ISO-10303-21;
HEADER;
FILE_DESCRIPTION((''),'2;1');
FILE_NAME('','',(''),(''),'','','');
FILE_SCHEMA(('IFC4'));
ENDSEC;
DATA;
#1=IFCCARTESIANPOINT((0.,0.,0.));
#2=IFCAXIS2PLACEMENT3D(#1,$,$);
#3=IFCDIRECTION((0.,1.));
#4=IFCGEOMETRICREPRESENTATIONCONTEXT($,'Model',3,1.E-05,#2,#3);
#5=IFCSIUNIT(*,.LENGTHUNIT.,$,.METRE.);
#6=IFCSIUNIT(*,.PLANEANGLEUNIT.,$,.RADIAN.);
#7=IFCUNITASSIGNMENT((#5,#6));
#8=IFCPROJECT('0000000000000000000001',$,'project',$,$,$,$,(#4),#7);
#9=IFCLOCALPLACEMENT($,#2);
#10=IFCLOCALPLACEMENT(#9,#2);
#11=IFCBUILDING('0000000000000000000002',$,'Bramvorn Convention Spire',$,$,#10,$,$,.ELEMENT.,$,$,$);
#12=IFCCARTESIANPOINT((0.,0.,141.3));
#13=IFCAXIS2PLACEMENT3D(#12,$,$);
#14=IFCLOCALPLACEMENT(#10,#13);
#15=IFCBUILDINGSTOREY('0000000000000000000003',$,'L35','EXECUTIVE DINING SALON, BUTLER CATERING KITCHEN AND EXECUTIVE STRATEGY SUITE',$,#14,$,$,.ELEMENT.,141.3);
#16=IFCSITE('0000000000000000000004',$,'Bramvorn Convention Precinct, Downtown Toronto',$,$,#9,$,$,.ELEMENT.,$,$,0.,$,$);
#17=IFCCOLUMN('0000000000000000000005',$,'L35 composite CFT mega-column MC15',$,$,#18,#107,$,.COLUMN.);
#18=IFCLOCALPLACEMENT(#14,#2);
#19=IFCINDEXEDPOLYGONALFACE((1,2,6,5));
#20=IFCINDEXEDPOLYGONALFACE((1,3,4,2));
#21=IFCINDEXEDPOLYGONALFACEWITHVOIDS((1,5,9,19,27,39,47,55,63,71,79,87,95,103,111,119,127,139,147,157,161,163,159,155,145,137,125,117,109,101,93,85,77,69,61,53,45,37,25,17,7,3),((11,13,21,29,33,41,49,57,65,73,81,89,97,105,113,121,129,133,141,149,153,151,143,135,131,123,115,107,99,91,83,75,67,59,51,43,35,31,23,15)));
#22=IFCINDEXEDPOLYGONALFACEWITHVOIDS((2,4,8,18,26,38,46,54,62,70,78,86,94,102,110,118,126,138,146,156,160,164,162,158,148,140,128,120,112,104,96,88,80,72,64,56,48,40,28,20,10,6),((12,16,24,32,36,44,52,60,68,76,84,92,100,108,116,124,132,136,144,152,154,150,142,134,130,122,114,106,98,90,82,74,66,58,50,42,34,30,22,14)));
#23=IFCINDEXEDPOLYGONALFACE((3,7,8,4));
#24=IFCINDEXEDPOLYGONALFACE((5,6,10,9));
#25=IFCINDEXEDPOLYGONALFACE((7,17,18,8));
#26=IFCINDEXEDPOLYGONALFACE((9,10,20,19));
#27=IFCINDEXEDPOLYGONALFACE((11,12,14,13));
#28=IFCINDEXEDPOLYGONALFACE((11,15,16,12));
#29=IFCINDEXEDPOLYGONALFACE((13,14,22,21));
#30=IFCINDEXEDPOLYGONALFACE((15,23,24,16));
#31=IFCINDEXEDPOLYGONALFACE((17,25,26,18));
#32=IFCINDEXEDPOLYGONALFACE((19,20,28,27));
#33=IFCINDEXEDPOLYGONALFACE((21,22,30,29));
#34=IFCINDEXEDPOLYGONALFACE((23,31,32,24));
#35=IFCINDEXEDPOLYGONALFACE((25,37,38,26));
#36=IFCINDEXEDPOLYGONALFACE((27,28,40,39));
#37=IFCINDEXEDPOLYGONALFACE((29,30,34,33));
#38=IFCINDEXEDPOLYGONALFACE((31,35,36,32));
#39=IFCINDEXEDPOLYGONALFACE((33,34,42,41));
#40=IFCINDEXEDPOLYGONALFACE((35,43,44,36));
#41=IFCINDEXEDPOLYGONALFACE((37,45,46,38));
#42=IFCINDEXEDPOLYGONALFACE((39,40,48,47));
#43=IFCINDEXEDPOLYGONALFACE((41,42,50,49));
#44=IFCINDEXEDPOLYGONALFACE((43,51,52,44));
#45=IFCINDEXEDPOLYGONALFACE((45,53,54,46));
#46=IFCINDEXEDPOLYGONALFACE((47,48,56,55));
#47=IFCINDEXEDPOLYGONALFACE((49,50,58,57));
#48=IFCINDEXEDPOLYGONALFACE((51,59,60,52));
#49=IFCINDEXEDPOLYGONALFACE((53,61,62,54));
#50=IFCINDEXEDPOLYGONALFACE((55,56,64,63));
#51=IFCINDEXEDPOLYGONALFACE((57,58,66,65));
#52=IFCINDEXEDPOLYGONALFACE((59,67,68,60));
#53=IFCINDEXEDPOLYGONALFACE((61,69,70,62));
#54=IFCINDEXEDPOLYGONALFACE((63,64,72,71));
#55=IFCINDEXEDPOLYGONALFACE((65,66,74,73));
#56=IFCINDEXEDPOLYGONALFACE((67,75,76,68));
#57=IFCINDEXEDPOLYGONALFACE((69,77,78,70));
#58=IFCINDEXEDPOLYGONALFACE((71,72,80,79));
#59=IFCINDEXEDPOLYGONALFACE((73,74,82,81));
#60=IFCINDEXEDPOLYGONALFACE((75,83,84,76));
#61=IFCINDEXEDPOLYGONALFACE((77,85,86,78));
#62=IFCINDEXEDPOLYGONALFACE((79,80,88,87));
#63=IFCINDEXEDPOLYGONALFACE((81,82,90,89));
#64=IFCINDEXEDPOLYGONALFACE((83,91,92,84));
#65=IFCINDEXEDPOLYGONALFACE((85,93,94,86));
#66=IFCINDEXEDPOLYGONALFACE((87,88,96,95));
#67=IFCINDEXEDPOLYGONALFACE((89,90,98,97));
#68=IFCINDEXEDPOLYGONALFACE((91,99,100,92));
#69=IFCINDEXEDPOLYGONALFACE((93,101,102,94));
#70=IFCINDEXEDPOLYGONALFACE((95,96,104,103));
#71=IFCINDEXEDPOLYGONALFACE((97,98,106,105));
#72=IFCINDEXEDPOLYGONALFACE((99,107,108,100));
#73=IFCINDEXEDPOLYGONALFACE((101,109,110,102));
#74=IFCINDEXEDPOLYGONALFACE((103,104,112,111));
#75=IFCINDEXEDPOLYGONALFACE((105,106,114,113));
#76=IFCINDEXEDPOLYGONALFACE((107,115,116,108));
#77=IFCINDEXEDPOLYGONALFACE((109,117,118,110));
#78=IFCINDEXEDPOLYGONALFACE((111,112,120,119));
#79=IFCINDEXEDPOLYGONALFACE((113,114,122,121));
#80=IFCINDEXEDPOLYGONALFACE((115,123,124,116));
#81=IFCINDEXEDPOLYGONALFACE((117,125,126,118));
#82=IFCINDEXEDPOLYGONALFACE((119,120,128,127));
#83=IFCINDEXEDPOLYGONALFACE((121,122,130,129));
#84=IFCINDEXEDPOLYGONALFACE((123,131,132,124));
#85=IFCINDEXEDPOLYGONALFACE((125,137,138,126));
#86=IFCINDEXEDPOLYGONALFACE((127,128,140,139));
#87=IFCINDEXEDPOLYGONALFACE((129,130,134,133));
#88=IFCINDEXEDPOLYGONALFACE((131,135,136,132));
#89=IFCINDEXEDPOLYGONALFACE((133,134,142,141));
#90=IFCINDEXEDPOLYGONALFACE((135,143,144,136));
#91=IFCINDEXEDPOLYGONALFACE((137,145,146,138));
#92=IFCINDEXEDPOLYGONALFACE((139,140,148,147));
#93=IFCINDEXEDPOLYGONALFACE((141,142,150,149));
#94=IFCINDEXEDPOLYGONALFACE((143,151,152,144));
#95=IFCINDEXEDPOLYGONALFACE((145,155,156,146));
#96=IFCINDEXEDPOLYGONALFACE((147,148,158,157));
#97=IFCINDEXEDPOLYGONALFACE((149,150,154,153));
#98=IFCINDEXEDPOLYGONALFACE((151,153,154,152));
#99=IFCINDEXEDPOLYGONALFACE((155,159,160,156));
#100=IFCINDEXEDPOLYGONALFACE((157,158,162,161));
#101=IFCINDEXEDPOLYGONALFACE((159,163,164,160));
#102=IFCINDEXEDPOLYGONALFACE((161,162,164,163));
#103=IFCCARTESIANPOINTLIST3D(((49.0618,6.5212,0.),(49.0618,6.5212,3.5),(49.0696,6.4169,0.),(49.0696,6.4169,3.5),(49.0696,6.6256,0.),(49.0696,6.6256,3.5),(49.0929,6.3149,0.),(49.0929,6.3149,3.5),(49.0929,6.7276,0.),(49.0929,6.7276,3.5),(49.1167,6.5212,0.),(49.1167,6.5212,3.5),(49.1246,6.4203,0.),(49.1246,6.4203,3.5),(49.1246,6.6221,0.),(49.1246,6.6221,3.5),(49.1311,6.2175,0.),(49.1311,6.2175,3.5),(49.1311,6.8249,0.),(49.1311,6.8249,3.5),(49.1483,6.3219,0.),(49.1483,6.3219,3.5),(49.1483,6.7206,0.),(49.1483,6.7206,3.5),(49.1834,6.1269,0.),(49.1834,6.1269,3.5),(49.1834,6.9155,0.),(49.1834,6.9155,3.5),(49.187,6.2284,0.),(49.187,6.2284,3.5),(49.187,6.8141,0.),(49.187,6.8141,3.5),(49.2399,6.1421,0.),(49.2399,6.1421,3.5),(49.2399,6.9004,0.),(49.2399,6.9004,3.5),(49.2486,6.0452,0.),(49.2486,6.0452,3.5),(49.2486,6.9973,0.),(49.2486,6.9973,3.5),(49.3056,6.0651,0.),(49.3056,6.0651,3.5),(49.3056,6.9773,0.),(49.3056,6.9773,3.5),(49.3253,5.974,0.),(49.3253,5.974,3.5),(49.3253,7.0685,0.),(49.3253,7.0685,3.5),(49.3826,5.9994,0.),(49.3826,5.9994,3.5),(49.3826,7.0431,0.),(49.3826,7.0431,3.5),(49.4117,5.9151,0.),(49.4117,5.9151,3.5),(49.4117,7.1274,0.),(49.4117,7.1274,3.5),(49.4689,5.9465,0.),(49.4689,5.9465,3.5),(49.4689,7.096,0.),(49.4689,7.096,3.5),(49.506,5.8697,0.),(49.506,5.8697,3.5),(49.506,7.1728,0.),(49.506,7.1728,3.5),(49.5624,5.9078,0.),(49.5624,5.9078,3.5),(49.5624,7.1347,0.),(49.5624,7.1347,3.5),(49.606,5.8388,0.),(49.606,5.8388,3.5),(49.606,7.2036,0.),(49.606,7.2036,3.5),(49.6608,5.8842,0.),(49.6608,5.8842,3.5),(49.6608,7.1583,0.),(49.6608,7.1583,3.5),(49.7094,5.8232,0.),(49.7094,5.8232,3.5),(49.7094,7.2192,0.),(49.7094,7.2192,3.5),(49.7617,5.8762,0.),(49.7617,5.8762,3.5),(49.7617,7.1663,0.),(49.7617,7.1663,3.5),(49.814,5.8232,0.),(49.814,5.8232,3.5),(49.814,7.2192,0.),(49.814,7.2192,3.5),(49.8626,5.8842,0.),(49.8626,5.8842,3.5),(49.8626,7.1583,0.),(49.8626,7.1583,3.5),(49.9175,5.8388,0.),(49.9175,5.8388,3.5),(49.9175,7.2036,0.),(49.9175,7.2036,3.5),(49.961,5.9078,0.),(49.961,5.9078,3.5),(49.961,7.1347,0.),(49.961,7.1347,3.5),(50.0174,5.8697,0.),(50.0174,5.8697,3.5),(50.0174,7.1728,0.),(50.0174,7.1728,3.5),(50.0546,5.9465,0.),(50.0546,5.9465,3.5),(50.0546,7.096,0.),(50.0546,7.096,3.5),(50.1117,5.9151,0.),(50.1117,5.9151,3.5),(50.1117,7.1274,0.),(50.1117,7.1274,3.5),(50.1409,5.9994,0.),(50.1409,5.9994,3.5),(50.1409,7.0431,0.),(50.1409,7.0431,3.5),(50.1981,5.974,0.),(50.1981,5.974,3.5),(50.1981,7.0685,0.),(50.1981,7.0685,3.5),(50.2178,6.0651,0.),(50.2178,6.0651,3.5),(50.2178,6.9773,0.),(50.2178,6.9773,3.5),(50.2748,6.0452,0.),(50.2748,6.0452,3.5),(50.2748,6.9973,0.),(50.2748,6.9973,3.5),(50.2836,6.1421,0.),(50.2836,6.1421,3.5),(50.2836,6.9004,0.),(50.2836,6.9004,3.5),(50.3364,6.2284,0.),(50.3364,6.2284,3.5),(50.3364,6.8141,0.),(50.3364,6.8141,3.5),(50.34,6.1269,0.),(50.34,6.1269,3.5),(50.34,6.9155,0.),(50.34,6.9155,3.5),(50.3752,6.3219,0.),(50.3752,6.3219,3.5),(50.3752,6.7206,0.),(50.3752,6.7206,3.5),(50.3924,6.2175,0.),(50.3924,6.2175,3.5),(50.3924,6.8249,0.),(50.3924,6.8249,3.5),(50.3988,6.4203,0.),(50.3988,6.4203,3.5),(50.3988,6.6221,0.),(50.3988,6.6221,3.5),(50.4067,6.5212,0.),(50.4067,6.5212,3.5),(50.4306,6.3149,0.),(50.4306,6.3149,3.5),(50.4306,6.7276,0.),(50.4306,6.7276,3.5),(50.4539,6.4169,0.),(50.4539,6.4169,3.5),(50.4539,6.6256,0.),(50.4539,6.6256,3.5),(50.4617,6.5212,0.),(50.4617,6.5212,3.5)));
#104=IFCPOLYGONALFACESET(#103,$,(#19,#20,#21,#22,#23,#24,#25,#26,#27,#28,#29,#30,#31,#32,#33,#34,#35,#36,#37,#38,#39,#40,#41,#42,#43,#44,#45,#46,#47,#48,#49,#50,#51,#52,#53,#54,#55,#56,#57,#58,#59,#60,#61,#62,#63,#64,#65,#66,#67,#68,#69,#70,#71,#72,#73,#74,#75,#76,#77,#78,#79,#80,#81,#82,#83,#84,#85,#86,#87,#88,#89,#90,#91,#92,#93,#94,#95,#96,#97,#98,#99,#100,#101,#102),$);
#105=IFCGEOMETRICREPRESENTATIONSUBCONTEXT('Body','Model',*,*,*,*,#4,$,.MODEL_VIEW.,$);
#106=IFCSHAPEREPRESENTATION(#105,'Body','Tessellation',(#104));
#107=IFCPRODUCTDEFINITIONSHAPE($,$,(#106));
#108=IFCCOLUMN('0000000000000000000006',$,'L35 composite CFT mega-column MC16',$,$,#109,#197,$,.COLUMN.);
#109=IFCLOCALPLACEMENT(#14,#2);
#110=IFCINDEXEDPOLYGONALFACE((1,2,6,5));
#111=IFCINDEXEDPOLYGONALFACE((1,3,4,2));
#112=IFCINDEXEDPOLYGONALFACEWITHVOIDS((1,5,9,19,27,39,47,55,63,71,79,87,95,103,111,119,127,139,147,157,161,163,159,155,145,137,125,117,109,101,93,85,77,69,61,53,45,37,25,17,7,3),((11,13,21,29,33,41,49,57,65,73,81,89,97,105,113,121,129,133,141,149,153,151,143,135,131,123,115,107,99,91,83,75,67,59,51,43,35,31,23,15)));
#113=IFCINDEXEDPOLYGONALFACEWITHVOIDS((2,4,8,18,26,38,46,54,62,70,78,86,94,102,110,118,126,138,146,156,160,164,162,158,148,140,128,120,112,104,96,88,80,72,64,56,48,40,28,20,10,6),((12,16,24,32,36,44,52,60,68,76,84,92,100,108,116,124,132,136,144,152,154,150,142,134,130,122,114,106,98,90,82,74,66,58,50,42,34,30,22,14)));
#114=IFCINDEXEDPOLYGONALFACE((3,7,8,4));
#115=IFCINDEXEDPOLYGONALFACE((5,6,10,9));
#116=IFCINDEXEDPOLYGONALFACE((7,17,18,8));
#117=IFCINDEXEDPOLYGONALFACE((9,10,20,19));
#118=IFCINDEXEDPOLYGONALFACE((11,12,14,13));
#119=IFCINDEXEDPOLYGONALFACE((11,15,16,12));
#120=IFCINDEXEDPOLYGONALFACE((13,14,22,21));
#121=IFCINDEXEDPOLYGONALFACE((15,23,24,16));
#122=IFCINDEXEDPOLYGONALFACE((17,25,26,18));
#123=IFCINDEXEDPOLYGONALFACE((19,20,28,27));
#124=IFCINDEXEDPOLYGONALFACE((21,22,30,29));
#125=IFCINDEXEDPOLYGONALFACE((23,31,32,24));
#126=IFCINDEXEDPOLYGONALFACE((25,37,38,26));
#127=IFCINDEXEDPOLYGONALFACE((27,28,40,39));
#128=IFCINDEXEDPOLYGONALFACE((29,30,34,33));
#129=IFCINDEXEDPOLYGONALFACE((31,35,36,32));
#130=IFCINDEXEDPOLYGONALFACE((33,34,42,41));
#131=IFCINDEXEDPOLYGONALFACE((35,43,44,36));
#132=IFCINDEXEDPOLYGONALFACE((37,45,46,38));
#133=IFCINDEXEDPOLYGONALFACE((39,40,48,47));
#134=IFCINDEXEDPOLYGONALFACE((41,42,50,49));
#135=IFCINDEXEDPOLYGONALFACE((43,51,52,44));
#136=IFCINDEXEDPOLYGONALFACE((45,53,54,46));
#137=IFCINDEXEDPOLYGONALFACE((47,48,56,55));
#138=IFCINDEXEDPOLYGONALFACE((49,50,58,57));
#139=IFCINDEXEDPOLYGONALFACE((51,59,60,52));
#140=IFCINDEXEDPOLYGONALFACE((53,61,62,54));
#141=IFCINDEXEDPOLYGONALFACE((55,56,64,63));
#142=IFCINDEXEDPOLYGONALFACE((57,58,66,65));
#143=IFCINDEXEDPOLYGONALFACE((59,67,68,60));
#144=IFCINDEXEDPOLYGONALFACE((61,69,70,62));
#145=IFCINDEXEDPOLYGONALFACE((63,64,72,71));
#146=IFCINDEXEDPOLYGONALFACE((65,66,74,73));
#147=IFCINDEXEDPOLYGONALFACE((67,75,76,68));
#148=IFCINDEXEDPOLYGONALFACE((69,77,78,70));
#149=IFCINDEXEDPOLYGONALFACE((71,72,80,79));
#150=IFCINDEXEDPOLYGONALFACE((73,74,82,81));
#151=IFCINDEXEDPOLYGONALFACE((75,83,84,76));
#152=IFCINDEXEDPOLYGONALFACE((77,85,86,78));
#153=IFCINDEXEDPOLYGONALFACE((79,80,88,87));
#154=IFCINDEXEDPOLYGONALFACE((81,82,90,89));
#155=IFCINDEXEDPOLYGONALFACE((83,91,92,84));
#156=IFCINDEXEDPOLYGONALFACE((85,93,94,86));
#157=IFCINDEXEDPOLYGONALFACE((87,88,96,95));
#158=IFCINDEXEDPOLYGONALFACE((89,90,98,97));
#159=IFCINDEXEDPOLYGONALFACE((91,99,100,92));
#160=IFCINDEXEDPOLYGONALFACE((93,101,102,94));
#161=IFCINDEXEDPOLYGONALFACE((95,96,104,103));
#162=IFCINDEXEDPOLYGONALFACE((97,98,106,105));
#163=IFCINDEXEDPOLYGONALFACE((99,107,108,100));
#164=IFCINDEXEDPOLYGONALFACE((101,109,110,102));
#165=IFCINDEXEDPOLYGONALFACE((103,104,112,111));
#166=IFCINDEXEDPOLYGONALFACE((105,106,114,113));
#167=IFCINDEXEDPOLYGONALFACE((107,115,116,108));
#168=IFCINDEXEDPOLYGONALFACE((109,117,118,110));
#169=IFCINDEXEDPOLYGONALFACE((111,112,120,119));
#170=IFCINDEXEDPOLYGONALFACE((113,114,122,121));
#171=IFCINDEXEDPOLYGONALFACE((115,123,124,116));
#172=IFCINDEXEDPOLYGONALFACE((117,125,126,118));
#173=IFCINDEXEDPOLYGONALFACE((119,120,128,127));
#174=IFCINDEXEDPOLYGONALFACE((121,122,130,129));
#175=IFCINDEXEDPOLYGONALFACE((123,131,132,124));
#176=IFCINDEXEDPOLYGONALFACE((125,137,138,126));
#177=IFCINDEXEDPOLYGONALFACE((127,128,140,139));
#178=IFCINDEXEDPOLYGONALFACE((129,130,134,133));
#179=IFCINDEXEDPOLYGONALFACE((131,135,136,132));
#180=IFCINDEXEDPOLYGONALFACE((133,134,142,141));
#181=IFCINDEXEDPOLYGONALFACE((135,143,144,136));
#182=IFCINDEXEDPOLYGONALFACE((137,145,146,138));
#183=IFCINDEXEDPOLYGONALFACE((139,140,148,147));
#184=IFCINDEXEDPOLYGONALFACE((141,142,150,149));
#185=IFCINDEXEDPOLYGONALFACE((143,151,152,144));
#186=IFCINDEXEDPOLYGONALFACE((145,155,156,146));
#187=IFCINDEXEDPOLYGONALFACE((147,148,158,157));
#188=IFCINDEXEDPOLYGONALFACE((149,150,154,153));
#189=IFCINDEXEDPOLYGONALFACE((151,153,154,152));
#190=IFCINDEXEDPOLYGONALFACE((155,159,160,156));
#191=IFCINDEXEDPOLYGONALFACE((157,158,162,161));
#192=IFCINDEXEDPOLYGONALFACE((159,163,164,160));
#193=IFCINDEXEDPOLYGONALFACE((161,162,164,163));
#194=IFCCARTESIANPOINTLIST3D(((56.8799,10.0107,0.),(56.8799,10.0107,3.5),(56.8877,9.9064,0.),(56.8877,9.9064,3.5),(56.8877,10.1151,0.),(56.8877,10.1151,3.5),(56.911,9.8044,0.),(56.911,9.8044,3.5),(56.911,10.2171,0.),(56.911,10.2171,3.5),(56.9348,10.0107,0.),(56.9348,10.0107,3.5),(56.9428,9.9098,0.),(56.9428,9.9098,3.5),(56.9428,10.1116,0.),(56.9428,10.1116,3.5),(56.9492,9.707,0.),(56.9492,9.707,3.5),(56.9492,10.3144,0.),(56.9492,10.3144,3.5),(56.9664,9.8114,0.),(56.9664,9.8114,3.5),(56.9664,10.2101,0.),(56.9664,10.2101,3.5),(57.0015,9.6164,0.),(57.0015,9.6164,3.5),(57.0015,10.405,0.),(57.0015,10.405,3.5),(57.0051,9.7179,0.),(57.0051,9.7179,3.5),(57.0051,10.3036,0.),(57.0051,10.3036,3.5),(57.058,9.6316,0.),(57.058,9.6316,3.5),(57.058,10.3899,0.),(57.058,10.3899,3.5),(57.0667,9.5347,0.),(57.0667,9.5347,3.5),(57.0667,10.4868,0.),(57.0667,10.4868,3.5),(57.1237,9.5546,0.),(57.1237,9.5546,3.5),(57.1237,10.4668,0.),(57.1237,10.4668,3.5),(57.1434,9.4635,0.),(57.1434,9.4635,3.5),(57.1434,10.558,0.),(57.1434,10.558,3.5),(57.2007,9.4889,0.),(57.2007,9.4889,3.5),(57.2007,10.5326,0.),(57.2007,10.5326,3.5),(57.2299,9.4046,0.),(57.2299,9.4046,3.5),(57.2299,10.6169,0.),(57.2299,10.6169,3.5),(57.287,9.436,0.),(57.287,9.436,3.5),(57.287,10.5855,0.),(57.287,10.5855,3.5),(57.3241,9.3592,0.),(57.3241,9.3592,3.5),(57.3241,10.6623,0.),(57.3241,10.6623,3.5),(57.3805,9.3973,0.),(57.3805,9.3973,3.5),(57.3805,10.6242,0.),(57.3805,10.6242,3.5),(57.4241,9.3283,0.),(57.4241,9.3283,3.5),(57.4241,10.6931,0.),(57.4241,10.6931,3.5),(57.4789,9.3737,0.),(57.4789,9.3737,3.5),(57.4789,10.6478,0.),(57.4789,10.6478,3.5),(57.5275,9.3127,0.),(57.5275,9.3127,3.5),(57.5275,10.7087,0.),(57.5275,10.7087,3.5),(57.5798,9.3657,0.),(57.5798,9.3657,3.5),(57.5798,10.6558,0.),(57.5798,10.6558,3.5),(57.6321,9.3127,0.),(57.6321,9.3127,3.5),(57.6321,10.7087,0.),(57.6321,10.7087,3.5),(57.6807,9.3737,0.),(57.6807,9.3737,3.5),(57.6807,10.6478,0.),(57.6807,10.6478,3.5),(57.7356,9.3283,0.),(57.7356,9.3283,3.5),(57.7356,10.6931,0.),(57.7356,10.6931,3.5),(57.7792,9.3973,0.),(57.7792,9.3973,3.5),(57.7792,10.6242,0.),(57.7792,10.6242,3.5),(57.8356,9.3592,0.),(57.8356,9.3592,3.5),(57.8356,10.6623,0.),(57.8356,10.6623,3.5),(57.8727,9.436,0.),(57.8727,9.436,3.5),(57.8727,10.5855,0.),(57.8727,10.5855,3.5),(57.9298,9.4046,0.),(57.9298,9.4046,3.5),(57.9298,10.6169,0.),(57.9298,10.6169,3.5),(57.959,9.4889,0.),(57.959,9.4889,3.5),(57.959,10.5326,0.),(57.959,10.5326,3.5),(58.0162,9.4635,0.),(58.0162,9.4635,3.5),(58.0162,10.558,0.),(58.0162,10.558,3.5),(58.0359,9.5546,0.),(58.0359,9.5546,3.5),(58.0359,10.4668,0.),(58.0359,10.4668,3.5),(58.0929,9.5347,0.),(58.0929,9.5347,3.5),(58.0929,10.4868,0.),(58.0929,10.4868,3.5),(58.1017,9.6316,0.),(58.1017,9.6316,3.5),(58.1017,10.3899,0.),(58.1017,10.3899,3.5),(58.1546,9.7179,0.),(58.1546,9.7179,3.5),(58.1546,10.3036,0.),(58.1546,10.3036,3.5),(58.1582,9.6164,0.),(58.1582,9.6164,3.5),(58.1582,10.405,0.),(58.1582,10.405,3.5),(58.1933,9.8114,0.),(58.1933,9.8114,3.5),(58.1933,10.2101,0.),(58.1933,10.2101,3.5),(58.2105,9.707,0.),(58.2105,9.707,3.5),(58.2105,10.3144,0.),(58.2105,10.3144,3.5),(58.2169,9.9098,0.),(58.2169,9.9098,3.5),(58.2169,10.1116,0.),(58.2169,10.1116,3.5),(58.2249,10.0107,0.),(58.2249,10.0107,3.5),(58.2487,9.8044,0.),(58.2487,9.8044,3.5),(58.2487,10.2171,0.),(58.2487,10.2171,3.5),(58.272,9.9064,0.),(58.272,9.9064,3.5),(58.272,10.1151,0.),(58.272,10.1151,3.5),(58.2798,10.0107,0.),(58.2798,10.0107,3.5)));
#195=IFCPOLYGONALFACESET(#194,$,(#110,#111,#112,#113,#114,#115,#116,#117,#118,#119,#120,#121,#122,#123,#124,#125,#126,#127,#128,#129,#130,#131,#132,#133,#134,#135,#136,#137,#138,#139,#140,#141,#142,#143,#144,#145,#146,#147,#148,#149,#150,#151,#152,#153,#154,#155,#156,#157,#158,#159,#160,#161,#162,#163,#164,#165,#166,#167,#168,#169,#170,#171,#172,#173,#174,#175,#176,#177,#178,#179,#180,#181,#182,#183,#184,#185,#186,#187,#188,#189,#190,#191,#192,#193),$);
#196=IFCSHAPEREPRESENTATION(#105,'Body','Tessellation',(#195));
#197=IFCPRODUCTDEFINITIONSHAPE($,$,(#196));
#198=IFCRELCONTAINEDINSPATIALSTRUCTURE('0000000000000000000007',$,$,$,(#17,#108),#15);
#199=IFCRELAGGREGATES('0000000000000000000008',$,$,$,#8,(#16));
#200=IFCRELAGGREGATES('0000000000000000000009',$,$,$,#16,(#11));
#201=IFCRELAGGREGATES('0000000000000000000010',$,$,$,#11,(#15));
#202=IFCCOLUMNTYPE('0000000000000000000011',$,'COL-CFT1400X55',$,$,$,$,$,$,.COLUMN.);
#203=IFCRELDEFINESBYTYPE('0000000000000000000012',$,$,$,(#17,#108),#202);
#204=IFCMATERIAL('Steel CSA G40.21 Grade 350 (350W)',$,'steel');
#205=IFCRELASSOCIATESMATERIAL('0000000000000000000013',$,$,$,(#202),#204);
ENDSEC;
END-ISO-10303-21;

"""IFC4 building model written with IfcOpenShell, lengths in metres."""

from ifc_helpers import new_model, si_unit, direction, frame, origin, origin_2d, place, context, subcontext, project, spatial, hollow_circle, extrude, material, material_profile, profile_set, type_object, element, save


model = new_model("IFC4")

# Units and contexts
model_context = context("Model", 3, precision=1e-05, world=origin(), true_north=direction((0.0, 1.0)))
body_context = subcontext(model_context, "Body", "Model", "MODEL_VIEW")
ifc_project = project(units=[si_unit("LENGTHUNIT", "METRE"), si_unit("PLANEANGLEUNIT", "RADIAN")], contexts=[model_context])

# Site, building, storey
site_placement = place(None, origin())
site = spatial("IfcSite", under=ifc_project, at=site_placement, Name="Bramvorn Convention Precinct, Downtown Toronto", CompositionType="ELEMENT", RefElevation=0.0)
building_placement = place(site_placement, origin())
building = spatial("IfcBuilding", under=site, at=building_placement, Name="Bramvorn Convention Spire", CompositionType="ELEMENT")
storey_placement = place(building_placement, frame((0.0, 0.0, 141.3)))
storey = spatial("IfcBuildingStorey", under=building, at=storey_placement, Name="L35", Description="EXECUTIVE DINING SALON, BUTLER CATERING KITCHEN AND EXECUTIVE STRATEGY SUITE", CompositionType="ELEMENT", Elevation=141.3)

# Columns
ifc_material_1 = material(Name="Steel CSA G40.21 Grade 350 (350W)", Category="steel")
ifc_material_profile_1 = material_profile(ifc_material_1, hollow_circle(Radius=0.7, WallThickness=0.0549, at=origin_2d()))
ifc_profile_set_1 = profile_set([ifc_material_profile_1], Name="Steel CSA G40.21 Grade 350 (350W) - CFT1400X55")
column_type = type_object("IfcColumnType", Name="COL-CFT1400X55", PredefinedType="COLUMN", material=ifc_profile_set_1)
for number, where, z_axis, x_axis, name in (
    (1, (49.7617, 6.5212, 0.0), (0.0, 0.0, 1.0), (1.0, 0.0, 0.0), "L35 composite CFT mega-column MC15"),
    (2, (57.5798, 10.0107, 0.0), (0.0, 0.0, 1.0), (1.0, 0.0, 0.0), "L35 composite CFT mega-column MC16"),
):
    element("IfcColumn", number, at=place(storey_placement, frame(where, z_axis=z_axis, x_axis=x_axis)), inside=storey, type_object=column_type, Name=name, PredefinedType="COLUMN", context=body_context, shape_type="SweptSolid", body=[
        extrude(hollow_circle(Radius=0.7, WallThickness=0.0549, at=origin_2d()), origin(), (0.0, 0.0, 1.0), 3.5),
    ])

save(model, "model.ifc")
